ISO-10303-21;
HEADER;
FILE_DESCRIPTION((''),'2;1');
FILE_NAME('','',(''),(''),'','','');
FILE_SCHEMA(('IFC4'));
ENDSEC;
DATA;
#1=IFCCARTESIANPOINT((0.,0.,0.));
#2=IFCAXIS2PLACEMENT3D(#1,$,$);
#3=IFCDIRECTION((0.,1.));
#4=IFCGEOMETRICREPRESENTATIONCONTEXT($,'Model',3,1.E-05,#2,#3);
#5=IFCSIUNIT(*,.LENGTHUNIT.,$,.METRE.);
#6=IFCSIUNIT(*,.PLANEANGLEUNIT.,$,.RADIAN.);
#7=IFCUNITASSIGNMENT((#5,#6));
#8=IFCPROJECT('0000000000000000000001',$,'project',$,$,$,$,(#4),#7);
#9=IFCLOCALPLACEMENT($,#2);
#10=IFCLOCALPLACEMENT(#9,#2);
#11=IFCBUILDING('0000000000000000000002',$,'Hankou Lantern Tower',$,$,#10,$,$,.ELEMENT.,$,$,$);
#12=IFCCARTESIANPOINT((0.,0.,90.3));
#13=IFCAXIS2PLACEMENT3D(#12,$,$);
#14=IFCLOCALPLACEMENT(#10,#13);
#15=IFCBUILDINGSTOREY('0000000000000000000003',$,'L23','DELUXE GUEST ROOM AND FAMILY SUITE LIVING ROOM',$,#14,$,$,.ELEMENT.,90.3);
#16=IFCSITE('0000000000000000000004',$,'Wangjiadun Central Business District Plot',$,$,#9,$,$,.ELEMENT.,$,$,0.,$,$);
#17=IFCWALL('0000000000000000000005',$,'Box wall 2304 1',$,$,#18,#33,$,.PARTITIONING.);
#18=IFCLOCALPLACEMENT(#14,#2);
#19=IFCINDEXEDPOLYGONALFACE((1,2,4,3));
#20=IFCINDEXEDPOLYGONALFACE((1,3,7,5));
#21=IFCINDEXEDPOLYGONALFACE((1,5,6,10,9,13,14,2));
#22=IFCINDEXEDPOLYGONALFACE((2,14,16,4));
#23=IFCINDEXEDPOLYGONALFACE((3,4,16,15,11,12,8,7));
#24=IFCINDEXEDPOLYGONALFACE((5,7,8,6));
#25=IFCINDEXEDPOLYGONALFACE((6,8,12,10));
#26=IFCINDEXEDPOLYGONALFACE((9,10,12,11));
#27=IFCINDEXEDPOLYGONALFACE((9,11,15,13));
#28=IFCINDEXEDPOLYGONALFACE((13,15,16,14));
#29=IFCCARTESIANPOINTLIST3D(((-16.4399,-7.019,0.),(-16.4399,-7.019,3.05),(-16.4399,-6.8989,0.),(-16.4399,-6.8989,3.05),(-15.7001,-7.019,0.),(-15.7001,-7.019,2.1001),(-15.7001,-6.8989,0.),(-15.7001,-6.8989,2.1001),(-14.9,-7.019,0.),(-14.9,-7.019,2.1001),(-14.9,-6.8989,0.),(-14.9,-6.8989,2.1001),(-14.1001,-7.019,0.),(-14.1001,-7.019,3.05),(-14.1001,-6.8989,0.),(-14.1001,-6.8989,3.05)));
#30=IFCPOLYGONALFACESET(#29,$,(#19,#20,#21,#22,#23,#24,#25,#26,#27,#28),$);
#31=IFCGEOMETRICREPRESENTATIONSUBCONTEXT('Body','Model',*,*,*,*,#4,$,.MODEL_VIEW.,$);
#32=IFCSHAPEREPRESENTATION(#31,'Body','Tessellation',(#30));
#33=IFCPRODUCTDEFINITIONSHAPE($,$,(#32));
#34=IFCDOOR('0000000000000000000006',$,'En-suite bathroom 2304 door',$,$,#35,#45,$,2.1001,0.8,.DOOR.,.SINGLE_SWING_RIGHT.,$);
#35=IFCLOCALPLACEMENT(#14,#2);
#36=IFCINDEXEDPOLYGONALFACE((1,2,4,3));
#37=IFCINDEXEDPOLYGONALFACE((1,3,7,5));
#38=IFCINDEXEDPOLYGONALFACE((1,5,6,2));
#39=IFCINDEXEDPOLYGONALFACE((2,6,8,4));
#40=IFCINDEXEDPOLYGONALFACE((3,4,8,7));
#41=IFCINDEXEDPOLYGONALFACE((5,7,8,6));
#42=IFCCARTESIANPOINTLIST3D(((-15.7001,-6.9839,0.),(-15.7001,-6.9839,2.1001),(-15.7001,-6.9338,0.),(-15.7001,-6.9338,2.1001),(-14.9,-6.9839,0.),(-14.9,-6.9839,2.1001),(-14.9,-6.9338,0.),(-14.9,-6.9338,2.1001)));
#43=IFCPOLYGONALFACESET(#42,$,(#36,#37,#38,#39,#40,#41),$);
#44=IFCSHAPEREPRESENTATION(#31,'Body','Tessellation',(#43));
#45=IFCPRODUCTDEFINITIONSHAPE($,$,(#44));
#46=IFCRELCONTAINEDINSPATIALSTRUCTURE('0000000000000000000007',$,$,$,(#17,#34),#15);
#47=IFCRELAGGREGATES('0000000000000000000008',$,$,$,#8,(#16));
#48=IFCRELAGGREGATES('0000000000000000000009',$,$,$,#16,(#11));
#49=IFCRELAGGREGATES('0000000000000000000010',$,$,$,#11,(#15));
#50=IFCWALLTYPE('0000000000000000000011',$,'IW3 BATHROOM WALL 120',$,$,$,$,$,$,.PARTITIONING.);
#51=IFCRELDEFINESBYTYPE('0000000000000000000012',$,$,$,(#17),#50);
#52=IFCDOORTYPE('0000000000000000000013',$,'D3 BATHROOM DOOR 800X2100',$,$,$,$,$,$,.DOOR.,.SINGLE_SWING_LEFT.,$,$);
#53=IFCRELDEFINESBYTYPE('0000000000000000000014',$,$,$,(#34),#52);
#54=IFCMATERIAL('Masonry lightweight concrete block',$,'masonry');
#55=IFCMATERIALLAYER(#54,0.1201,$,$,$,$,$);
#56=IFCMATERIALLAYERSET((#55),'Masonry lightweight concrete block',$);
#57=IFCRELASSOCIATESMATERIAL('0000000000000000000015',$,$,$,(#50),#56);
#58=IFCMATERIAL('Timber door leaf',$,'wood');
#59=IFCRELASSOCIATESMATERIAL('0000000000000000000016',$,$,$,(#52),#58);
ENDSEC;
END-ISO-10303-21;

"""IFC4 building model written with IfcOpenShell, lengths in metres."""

from ifc_helpers import new_model, si_unit, direction, frame, frame_2d, origin, place, context, subcontext, project, spatial, rectangle, extrude, material, layer, layer_set, type_object, element, fill, save


model = new_model("IFC4")

# Units and contexts
model_context = context("Model", 3, precision=1e-05, world=origin(), true_north=direction((0.0, 1.0)))
body_context = subcontext(model_context, "Body", "Model", "MODEL_VIEW")
ifc_project = project(units=[si_unit("LENGTHUNIT", "METRE"), si_unit("PLANEANGLEUNIT", "RADIAN")], contexts=[model_context])

# Site, building, storey
site_placement = place(None, origin())
site = spatial("IfcSite", under=ifc_project, at=site_placement, Name="Wangjiadun Central Business District Plot", CompositionType="ELEMENT", RefElevation=0.0)
building_placement = place(site_placement, origin())
building = spatial("IfcBuilding", under=site, at=building_placement, Name="Hankou Lantern Tower", CompositionType="ELEMENT")
storey_placement = place(building_placement, frame((0.0, 0.0, 90.3)))
storey = spatial("IfcBuildingStorey", under=building, at=storey_placement, Name="L23", Description="DELUXE GUEST ROOM AND FAMILY SUITE LIVING ROOM", CompositionType="ELEMENT", Elevation=90.3)

# Shared definitions
ifc_material_1 = material(Name="Masonry lightweight concrete block", Category="masonry")
ifc_layer_1 = layer(ifc_material_1, 0.1201)
ifc_layer_set_1 = layer_set([ifc_layer_1], Name="Masonry lightweight concrete block")
wall_type_1 = type_object("IfcWallType", Name="IW3 BATHROOM WALL 120", PredefinedType="PARTITIONING", material=ifc_layer_set_1)

# Wall, opening, door
wall_1_placement = place(storey_placement, frame((-14.1001, -6.959, 0.0), z_axis=(0.0, 0.0, 1.0), x_axis=(-1.0, 0.0, 0.0)))
wall_1 = element("IfcWall", 1, at=wall_1_placement, inside=storey, type_object=wall_type_1, Name="Box wall 2304 1", PredefinedType="PARTITIONING", context=body_context, shape_type="SweptSolid", body=[
    extrude(rectangle(XDim=2.3398, YDim=0.1201, at=frame_2d((1.1699, 0.0))), origin(), (0.0, 0.0, 1.0), 3.05),
])
opening_1_placement = place(wall_1_placement, frame((0.8, 0.0, 0.0)))
opening_1 = element("IfcOpeningElement", 2, at=opening_1_placement, cuts=wall_1, PredefinedType="OPENING", context=body_context, shape_type="SweptSolid", body=[
    extrude(rectangle(XDim=0.8, YDim=2.1001, at=frame_2d((0.3999, 1.05))), frame((0.0, 0.0701, 0.0), z_axis=(0.0, -1.0, 0.0), x_axis=(1.0, 0.0, 0.0)), (0.0, 0.0, 1.0), 0.1401),
])
ifc_material_2 = material(Name="Timber door leaf", Category="wood")
door_type = type_object("IfcDoorType", Name="D3 BATHROOM DOOR 800X2100", OperationType="SINGLE_SWING_LEFT", PredefinedType="DOOR", material=ifc_material_2)
door_placement = place(opening_1_placement, origin())
door = element("IfcDoor", 3, at=door_placement, inside=storey, type_object=door_type, Name="En-suite bathroom 2304 door", OperationType="SINGLE_SWING_RIGHT", OverallHeight=2.1001, OverallWidth=0.8, PredefinedType="DOOR", context=body_context, shape_type="SweptSolid", body=[
    extrude(rectangle(XDim=0.8, YDim=2.1001, at=frame_2d((0.3999, 1.05))), frame((0.0, 0.0249, 0.0), z_axis=(0.0, -1.0, 0.0), x_axis=(1.0, 0.0, 0.0)), (0.0, 0.0, 1.0), 0.05),
])
fill(opening_1, door)

save(model, "model.ifc")
